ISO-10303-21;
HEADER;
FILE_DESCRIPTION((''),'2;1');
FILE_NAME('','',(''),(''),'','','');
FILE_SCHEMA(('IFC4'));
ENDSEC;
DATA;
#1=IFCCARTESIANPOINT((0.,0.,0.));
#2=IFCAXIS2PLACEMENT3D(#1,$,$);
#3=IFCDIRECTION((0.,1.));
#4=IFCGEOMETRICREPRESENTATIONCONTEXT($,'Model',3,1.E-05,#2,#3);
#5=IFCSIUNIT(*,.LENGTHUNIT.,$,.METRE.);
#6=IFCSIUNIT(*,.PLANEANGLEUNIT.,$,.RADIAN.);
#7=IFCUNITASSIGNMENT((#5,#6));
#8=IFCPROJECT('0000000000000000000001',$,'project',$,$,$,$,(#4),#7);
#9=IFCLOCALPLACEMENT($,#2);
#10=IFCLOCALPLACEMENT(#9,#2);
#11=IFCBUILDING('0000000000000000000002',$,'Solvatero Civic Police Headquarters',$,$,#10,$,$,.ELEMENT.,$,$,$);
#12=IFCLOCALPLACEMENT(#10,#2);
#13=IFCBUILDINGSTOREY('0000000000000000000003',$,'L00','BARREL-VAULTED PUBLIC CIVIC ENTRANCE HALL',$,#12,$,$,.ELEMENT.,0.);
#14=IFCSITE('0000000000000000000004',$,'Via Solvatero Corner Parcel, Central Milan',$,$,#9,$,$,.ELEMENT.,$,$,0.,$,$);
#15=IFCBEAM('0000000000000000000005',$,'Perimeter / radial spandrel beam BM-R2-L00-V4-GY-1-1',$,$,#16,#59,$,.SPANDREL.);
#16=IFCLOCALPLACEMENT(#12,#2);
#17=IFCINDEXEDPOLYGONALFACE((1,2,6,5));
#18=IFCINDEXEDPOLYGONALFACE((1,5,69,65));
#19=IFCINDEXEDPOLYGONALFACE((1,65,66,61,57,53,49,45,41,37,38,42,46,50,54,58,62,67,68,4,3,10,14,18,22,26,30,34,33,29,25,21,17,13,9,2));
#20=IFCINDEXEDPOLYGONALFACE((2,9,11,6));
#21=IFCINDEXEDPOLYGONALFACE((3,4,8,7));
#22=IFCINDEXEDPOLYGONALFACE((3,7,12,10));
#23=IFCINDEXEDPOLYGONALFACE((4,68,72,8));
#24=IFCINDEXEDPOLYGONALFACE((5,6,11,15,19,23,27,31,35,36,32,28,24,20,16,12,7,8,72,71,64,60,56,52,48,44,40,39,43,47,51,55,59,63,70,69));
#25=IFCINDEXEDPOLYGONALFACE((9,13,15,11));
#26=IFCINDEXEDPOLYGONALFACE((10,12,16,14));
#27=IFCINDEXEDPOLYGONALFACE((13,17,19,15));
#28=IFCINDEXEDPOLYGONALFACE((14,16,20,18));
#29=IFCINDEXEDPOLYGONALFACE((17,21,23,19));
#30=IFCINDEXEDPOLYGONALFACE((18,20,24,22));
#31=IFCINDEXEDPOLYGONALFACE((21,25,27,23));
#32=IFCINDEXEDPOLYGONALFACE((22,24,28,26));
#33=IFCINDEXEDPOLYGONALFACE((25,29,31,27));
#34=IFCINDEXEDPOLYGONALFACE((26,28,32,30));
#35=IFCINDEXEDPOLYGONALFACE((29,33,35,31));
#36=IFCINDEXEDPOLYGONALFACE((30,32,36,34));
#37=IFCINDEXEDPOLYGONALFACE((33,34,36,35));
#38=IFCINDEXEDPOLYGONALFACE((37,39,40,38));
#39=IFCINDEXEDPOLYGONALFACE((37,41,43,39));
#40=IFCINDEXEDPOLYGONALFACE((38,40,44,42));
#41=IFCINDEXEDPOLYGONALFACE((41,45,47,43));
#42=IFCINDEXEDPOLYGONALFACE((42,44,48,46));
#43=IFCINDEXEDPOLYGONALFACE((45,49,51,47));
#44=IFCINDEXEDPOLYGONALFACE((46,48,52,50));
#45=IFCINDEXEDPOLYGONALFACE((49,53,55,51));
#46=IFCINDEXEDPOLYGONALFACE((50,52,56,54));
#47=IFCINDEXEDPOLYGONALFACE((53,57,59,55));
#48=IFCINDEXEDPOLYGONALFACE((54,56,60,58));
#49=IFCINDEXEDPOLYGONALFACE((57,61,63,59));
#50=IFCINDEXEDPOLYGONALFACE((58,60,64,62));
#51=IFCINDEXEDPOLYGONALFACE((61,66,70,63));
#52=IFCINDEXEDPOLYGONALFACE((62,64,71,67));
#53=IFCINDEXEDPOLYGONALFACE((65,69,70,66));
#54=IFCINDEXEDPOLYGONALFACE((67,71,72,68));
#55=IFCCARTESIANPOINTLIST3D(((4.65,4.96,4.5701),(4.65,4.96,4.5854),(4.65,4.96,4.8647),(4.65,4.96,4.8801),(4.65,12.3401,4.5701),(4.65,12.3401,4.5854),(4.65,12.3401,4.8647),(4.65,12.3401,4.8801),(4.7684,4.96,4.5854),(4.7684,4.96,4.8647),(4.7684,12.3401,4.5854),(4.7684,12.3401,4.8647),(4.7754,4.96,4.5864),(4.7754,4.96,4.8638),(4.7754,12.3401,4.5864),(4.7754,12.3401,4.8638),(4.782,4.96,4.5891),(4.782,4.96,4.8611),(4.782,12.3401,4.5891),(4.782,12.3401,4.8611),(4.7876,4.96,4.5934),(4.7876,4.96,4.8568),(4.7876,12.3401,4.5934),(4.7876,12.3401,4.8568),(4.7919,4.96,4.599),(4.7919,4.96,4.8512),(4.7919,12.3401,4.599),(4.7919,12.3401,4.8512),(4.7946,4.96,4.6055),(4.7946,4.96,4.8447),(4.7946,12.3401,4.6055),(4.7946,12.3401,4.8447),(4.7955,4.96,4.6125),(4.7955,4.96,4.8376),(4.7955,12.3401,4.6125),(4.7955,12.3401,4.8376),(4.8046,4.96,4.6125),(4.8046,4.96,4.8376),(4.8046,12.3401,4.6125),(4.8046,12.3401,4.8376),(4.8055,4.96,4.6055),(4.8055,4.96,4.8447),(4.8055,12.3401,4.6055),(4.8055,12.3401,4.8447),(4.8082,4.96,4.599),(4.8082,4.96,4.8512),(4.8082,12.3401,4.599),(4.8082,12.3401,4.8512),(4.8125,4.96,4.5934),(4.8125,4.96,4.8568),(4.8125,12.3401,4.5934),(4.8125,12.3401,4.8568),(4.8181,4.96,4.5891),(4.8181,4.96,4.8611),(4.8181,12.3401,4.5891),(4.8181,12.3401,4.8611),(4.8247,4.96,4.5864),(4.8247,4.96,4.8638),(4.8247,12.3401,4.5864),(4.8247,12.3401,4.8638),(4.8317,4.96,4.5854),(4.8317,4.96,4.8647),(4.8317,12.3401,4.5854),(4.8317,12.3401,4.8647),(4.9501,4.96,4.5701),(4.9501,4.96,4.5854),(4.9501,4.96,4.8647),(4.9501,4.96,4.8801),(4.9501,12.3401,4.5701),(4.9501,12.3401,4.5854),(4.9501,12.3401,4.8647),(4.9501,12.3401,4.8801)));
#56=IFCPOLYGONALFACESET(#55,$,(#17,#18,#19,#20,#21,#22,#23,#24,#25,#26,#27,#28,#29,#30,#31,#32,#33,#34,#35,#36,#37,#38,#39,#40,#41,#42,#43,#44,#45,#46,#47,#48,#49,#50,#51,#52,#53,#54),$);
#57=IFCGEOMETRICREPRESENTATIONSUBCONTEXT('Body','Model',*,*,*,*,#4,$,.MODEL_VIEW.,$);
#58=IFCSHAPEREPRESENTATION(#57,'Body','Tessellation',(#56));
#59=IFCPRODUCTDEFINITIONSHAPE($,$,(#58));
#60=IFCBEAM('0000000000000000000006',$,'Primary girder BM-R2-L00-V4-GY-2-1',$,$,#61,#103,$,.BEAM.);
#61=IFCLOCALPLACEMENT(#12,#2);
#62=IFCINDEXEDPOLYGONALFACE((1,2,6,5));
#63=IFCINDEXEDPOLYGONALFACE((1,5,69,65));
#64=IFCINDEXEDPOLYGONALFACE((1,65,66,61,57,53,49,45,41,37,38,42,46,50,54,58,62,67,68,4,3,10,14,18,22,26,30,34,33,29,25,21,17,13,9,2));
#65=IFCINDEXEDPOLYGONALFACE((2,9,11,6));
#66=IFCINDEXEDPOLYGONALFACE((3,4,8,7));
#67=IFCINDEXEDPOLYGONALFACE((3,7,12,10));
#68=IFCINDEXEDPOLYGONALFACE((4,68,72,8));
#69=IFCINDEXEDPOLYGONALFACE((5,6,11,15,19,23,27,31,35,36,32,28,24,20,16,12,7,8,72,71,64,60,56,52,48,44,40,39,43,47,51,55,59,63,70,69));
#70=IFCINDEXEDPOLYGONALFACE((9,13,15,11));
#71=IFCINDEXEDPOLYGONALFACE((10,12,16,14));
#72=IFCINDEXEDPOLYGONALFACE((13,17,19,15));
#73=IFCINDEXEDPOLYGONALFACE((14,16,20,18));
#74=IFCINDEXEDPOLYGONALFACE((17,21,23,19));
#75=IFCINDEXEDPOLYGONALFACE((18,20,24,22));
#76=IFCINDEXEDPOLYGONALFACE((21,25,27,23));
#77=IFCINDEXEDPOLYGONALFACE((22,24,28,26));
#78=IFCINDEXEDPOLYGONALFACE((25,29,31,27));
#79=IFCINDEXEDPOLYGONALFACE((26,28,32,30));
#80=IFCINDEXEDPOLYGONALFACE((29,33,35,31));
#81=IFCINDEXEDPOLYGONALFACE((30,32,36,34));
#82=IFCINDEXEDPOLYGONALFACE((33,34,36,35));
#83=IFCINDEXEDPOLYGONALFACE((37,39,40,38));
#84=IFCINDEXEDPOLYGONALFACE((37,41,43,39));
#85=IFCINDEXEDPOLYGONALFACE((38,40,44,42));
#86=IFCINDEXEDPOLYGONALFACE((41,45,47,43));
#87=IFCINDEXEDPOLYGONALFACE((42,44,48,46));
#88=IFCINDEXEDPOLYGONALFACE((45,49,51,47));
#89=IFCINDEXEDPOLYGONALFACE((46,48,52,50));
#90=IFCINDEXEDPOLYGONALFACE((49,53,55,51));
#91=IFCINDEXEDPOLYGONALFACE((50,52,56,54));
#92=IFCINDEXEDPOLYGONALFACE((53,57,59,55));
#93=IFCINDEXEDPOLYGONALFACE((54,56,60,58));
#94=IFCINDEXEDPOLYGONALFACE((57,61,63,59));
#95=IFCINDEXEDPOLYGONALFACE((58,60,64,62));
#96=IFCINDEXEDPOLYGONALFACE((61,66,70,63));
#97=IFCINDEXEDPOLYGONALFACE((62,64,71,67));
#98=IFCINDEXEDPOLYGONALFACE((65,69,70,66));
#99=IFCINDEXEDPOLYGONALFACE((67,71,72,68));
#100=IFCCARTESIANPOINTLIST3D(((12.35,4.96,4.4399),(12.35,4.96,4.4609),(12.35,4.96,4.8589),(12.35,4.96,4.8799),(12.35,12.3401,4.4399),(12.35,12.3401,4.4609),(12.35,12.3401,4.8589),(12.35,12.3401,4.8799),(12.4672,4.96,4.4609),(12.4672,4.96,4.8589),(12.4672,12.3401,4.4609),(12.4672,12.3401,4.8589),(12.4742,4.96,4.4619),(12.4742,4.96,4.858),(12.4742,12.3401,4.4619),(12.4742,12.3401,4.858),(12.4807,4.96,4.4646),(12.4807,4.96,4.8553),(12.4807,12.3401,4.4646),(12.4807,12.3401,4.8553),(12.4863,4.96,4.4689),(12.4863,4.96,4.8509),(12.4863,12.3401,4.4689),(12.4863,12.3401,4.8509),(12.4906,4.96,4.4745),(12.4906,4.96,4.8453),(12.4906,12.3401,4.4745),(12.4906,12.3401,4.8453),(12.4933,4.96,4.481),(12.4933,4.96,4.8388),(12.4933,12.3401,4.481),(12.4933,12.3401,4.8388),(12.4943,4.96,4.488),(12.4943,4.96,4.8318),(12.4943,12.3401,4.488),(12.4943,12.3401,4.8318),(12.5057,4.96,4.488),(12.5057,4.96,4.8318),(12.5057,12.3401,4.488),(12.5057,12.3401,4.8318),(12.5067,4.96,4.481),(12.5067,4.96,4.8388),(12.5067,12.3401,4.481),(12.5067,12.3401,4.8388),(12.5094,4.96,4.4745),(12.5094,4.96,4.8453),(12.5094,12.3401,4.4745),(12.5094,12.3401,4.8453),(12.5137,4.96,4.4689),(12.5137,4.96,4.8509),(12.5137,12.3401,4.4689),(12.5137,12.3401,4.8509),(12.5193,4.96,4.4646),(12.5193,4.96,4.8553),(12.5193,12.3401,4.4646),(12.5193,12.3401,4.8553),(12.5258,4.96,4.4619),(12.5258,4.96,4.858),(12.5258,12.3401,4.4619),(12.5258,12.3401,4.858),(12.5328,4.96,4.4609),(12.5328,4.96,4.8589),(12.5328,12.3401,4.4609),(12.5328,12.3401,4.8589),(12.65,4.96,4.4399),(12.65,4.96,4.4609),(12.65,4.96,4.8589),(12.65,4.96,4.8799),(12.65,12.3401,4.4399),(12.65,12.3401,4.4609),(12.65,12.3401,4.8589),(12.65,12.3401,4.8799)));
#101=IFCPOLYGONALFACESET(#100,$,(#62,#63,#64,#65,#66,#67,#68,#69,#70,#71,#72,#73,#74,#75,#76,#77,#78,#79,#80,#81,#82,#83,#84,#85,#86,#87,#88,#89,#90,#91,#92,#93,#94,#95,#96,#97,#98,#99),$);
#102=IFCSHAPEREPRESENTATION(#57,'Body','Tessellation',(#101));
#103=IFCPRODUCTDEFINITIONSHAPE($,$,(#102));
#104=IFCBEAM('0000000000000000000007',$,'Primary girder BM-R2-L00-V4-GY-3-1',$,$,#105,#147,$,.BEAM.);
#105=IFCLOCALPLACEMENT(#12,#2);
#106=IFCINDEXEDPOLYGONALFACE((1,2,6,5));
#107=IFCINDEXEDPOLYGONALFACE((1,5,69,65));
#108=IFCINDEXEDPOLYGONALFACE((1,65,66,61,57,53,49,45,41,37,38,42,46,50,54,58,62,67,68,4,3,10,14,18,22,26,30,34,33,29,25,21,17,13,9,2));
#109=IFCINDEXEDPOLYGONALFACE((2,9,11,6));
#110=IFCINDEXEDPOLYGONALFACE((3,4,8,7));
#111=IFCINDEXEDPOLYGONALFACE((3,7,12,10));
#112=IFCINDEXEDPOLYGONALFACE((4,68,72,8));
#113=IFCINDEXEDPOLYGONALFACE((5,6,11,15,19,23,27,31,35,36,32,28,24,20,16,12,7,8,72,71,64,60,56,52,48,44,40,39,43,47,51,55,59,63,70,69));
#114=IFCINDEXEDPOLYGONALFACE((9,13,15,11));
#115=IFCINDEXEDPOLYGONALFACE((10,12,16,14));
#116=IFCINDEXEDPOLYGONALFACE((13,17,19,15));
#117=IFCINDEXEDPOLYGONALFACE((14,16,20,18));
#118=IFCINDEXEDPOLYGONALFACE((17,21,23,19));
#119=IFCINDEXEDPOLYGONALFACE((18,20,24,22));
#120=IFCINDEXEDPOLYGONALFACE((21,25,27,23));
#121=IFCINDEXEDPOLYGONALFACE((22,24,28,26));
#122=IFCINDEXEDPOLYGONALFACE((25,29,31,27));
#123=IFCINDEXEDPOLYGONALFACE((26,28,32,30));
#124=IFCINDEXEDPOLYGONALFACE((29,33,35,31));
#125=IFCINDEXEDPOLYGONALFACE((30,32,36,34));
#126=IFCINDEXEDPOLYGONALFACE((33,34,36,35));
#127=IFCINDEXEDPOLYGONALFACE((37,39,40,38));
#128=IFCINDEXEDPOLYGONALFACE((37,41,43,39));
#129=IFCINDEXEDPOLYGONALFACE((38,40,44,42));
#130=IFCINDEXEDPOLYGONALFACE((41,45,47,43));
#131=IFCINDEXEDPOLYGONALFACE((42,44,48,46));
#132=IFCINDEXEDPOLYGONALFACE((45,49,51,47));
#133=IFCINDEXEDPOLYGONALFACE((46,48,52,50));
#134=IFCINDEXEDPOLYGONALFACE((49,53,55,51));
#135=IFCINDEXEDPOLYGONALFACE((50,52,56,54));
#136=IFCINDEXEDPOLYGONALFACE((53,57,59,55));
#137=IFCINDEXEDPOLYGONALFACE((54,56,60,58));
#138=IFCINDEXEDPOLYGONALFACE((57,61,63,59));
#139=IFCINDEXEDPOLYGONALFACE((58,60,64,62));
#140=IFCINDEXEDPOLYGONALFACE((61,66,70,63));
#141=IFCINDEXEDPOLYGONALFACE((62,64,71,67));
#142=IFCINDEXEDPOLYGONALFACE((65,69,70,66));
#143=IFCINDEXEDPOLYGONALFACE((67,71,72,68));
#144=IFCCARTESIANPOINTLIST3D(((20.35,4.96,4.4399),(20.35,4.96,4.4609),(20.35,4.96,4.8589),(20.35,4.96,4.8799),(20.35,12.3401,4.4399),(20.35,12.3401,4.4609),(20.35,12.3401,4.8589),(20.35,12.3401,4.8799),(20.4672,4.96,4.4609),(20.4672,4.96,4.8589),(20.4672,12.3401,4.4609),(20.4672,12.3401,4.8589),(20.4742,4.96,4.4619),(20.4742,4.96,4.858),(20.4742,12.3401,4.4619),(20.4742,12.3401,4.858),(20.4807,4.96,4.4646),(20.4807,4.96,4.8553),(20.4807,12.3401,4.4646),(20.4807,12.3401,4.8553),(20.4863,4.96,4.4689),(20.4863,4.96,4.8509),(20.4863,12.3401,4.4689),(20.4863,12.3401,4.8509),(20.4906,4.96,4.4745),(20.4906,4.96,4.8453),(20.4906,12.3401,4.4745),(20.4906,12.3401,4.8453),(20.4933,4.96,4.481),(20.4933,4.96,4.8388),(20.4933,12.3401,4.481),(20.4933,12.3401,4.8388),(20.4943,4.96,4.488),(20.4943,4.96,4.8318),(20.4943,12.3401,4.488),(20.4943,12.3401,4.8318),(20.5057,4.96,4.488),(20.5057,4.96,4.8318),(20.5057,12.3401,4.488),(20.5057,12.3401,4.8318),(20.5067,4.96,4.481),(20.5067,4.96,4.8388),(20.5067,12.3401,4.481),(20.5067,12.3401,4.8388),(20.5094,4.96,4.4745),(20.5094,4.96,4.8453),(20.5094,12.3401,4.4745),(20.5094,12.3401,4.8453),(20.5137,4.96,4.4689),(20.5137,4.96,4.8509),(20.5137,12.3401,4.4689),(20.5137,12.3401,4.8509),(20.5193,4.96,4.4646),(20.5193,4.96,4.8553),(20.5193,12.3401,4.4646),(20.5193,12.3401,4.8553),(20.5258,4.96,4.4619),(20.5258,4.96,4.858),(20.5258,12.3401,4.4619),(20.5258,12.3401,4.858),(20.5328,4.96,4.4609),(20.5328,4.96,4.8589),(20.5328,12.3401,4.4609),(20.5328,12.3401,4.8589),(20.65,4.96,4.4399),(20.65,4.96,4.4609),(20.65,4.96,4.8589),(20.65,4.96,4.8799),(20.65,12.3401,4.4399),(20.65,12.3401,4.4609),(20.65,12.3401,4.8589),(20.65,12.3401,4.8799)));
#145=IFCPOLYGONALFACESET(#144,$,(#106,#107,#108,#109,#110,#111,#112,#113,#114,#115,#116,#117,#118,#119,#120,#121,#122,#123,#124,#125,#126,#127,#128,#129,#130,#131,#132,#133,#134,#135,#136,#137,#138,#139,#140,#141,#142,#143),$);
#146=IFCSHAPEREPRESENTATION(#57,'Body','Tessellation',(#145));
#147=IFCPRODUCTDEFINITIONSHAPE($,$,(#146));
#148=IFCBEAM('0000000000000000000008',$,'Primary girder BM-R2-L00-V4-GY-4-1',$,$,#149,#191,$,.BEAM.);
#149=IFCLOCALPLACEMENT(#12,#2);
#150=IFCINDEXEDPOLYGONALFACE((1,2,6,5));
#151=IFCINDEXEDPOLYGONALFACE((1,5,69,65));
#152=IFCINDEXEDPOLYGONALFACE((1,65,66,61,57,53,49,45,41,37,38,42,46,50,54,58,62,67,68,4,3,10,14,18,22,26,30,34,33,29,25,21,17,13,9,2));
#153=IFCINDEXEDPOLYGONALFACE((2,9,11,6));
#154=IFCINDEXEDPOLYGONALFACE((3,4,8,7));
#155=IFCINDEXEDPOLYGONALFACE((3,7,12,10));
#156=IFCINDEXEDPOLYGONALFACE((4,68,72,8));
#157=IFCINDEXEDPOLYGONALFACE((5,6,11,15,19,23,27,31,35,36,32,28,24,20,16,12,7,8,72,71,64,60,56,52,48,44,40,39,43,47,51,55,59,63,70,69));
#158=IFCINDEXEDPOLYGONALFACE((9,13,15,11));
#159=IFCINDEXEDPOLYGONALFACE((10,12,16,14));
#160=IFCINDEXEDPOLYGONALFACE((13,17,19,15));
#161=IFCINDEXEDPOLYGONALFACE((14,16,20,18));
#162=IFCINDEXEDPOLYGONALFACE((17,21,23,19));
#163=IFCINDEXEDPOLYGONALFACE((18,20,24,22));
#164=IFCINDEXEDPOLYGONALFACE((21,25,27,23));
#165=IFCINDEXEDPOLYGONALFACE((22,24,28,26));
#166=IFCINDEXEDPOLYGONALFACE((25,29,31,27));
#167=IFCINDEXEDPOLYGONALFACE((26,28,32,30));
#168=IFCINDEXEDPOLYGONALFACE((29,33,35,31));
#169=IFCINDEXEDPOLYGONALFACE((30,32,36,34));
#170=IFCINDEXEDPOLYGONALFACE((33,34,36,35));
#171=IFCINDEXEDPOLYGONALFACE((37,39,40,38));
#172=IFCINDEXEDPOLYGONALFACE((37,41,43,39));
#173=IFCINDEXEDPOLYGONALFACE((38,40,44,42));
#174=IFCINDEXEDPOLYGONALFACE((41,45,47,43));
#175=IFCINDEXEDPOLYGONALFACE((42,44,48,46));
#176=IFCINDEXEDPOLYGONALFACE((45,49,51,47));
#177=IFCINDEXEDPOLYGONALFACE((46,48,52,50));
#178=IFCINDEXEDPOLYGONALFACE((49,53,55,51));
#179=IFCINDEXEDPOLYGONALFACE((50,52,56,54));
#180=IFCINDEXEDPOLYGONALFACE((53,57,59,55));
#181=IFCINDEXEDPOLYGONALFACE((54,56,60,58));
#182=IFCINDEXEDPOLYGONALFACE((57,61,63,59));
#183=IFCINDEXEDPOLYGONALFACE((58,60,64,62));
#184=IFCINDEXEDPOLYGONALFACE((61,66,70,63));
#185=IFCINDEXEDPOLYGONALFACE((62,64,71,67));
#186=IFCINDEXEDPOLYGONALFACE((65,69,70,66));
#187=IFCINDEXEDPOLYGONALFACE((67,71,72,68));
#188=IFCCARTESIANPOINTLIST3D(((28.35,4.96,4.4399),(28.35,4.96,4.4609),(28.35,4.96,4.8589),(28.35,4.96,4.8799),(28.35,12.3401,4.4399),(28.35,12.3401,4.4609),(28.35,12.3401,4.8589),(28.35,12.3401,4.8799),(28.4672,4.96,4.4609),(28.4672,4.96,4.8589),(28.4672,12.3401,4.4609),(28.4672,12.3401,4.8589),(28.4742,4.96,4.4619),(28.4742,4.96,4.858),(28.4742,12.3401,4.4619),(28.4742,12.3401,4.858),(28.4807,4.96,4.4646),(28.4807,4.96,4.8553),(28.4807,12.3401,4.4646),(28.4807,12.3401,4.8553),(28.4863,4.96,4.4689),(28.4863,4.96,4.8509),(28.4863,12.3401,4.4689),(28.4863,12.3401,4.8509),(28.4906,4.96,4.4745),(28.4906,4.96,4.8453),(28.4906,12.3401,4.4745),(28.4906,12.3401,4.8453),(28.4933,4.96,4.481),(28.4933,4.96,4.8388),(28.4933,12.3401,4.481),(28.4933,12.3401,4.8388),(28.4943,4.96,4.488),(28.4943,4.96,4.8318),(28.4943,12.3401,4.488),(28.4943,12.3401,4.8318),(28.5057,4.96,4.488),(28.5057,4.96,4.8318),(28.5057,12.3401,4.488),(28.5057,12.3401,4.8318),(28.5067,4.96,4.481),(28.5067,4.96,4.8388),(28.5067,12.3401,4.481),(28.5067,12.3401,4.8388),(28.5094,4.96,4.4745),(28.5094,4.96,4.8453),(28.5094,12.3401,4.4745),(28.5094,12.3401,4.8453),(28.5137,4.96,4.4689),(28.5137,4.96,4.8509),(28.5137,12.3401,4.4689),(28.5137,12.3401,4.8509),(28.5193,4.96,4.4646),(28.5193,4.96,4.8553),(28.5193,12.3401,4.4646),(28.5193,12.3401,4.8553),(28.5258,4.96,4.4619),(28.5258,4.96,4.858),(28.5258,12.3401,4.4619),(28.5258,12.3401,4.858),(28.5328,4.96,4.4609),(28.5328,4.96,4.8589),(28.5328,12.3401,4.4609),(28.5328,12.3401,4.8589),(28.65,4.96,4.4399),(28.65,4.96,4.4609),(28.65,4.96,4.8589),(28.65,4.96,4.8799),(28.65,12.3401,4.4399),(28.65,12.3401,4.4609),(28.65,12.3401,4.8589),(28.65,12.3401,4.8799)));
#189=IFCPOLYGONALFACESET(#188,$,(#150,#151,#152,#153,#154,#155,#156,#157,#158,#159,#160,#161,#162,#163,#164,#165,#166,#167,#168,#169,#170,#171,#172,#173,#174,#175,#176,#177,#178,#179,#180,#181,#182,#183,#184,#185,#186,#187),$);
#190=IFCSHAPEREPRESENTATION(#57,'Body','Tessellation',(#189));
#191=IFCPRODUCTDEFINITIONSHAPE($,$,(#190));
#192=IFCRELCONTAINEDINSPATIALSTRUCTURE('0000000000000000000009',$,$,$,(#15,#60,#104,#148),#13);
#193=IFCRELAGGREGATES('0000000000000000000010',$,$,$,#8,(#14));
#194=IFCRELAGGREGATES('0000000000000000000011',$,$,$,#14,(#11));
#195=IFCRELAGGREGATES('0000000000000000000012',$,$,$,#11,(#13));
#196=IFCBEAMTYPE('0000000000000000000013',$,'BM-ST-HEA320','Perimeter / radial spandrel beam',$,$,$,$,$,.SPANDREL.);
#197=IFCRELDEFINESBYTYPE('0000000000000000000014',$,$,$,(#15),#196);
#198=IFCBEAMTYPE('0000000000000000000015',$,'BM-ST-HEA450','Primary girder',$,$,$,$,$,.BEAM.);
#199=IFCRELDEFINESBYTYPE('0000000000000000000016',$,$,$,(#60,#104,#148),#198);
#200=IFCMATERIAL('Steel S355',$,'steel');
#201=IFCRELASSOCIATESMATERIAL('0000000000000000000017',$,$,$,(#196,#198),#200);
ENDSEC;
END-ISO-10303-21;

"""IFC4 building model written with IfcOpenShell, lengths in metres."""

from ifc_helpers import new_model, si_unit, direction, frame, origin, origin_2d, place, context, subcontext, project, spatial, i_section, extrude, material, material_profile, profile_set, type_object, element, save


model = new_model("IFC4")

# Units and contexts
model_context = context("Model", 3, precision=1e-05, world=origin(), true_north=direction((0.0, 1.0)))
body_context = subcontext(model_context, "Body", "Model", "MODEL_VIEW")
ifc_project = project(units=[si_unit("LENGTHUNIT", "METRE"), si_unit("PLANEANGLEUNIT", "RADIAN")], contexts=[model_context])

# Site, building, storey
site_placement = place(None, origin())
site = spatial("IfcSite", under=ifc_project, at=site_placement, Name="Via Solvatero Corner Parcel, Central Milan", CompositionType="ELEMENT", RefElevation=0.0)
building_placement = place(site_placement, origin())
building = spatial("IfcBuilding", under=site, at=building_placement, Name="Solvatero Civic Police Headquarters", CompositionType="ELEMENT")
storey_placement = place(building_placement, origin())
storey = spatial("IfcBuildingStorey", under=building, at=storey_placement, Name="L00", Description="BARREL-VAULTED PUBLIC CIVIC ENTRANCE HALL", CompositionType="ELEMENT", Elevation=0.0)

# Beams
ifc_material_1 = material(Name="Steel S355", Category="steel")
ifc_material_profile_1 = material_profile(ifc_material_1, i_section(OverallWidth=0.3, OverallDepth=0.3101, WebThickness=0.009, FlangeThickness=0.0154, FilletRadius=0.0271, at=origin_2d()), Name="HEA 320")
ifc_profile_set_1 = profile_set([ifc_material_profile_1], Name="Steel S355")
beam_type_1 = type_object("IfcBeamType", Name="BM-ST-HEA320", Description="Perimeter / radial spandrel beam", PredefinedType="SPANDREL", material=ifc_profile_set_1)
beam_1_placement = place(storey_placement, frame((4.8, 4.96, 4.7251), z_axis=(0.0, 1.0, 0.0), x_axis=(-1.0, 0.0, 0.0)))
element("IfcBeam", 1, at=beam_1_placement, inside=storey, type_object=beam_type_1, Name="Perimeter / radial spandrel beam BM-R2-L00-V4-GY-1-1", PredefinedType="SPANDREL", context=body_context, shape_type="SweptSolid", body=[
    extrude(i_section(OverallWidth=0.3, OverallDepth=0.3101, WebThickness=0.009, FlangeThickness=0.0154, FilletRadius=0.0271, at=origin_2d()), origin(), (0.0, 0.0, 1.0), 7.3801),
])
ifc_material_profile_2 = material_profile(ifc_material_1, i_section(OverallWidth=0.3, OverallDepth=0.4399, WebThickness=0.0115, FlangeThickness=0.021, FilletRadius=0.0271, at=origin_2d()), Name="HEA 450")
ifc_profile_set_2 = profile_set([ifc_material_profile_2], Name="Steel S355")
beam_type_2 = type_object("IfcBeamType", Name="BM-ST-HEA450", Description="Primary girder", PredefinedType="BEAM", material=ifc_profile_set_2)
for number, where, z_axis, x_axis, name in (
    (2, (12.5, 4.96, 4.6599), (0.0, 1.0, 0.0), (-1.0, 0.0, 0.0), "Primary girder BM-R2-L00-V4-GY-2-1"),
    (3, (20.5, 4.96, 4.6599), (0.0, 1.0, 0.0), (-1.0, 0.0, 0.0), "Primary girder BM-R2-L00-V4-GY-3-1"),
    (4, (28.5, 4.96, 4.6599), (0.0, 1.0, 0.0), (-1.0, 0.0, 0.0), "Primary girder BM-R2-L00-V4-GY-4-1"),
):
    element("IfcBeam", number, at=place(storey_placement, frame(where, z_axis=z_axis, x_axis=x_axis)), inside=storey, type_object=beam_type_2, Name=name, PredefinedType="BEAM", context=body_context, shape_type="SweptSolid", body=[
        extrude(i_section(OverallWidth=0.3, OverallDepth=0.4399, WebThickness=0.0115, FlangeThickness=0.021, FilletRadius=0.0271, at=origin_2d()), origin(), (0.0, 0.0, 1.0), 7.3801),
    ])

save(model, "model.ifc")
